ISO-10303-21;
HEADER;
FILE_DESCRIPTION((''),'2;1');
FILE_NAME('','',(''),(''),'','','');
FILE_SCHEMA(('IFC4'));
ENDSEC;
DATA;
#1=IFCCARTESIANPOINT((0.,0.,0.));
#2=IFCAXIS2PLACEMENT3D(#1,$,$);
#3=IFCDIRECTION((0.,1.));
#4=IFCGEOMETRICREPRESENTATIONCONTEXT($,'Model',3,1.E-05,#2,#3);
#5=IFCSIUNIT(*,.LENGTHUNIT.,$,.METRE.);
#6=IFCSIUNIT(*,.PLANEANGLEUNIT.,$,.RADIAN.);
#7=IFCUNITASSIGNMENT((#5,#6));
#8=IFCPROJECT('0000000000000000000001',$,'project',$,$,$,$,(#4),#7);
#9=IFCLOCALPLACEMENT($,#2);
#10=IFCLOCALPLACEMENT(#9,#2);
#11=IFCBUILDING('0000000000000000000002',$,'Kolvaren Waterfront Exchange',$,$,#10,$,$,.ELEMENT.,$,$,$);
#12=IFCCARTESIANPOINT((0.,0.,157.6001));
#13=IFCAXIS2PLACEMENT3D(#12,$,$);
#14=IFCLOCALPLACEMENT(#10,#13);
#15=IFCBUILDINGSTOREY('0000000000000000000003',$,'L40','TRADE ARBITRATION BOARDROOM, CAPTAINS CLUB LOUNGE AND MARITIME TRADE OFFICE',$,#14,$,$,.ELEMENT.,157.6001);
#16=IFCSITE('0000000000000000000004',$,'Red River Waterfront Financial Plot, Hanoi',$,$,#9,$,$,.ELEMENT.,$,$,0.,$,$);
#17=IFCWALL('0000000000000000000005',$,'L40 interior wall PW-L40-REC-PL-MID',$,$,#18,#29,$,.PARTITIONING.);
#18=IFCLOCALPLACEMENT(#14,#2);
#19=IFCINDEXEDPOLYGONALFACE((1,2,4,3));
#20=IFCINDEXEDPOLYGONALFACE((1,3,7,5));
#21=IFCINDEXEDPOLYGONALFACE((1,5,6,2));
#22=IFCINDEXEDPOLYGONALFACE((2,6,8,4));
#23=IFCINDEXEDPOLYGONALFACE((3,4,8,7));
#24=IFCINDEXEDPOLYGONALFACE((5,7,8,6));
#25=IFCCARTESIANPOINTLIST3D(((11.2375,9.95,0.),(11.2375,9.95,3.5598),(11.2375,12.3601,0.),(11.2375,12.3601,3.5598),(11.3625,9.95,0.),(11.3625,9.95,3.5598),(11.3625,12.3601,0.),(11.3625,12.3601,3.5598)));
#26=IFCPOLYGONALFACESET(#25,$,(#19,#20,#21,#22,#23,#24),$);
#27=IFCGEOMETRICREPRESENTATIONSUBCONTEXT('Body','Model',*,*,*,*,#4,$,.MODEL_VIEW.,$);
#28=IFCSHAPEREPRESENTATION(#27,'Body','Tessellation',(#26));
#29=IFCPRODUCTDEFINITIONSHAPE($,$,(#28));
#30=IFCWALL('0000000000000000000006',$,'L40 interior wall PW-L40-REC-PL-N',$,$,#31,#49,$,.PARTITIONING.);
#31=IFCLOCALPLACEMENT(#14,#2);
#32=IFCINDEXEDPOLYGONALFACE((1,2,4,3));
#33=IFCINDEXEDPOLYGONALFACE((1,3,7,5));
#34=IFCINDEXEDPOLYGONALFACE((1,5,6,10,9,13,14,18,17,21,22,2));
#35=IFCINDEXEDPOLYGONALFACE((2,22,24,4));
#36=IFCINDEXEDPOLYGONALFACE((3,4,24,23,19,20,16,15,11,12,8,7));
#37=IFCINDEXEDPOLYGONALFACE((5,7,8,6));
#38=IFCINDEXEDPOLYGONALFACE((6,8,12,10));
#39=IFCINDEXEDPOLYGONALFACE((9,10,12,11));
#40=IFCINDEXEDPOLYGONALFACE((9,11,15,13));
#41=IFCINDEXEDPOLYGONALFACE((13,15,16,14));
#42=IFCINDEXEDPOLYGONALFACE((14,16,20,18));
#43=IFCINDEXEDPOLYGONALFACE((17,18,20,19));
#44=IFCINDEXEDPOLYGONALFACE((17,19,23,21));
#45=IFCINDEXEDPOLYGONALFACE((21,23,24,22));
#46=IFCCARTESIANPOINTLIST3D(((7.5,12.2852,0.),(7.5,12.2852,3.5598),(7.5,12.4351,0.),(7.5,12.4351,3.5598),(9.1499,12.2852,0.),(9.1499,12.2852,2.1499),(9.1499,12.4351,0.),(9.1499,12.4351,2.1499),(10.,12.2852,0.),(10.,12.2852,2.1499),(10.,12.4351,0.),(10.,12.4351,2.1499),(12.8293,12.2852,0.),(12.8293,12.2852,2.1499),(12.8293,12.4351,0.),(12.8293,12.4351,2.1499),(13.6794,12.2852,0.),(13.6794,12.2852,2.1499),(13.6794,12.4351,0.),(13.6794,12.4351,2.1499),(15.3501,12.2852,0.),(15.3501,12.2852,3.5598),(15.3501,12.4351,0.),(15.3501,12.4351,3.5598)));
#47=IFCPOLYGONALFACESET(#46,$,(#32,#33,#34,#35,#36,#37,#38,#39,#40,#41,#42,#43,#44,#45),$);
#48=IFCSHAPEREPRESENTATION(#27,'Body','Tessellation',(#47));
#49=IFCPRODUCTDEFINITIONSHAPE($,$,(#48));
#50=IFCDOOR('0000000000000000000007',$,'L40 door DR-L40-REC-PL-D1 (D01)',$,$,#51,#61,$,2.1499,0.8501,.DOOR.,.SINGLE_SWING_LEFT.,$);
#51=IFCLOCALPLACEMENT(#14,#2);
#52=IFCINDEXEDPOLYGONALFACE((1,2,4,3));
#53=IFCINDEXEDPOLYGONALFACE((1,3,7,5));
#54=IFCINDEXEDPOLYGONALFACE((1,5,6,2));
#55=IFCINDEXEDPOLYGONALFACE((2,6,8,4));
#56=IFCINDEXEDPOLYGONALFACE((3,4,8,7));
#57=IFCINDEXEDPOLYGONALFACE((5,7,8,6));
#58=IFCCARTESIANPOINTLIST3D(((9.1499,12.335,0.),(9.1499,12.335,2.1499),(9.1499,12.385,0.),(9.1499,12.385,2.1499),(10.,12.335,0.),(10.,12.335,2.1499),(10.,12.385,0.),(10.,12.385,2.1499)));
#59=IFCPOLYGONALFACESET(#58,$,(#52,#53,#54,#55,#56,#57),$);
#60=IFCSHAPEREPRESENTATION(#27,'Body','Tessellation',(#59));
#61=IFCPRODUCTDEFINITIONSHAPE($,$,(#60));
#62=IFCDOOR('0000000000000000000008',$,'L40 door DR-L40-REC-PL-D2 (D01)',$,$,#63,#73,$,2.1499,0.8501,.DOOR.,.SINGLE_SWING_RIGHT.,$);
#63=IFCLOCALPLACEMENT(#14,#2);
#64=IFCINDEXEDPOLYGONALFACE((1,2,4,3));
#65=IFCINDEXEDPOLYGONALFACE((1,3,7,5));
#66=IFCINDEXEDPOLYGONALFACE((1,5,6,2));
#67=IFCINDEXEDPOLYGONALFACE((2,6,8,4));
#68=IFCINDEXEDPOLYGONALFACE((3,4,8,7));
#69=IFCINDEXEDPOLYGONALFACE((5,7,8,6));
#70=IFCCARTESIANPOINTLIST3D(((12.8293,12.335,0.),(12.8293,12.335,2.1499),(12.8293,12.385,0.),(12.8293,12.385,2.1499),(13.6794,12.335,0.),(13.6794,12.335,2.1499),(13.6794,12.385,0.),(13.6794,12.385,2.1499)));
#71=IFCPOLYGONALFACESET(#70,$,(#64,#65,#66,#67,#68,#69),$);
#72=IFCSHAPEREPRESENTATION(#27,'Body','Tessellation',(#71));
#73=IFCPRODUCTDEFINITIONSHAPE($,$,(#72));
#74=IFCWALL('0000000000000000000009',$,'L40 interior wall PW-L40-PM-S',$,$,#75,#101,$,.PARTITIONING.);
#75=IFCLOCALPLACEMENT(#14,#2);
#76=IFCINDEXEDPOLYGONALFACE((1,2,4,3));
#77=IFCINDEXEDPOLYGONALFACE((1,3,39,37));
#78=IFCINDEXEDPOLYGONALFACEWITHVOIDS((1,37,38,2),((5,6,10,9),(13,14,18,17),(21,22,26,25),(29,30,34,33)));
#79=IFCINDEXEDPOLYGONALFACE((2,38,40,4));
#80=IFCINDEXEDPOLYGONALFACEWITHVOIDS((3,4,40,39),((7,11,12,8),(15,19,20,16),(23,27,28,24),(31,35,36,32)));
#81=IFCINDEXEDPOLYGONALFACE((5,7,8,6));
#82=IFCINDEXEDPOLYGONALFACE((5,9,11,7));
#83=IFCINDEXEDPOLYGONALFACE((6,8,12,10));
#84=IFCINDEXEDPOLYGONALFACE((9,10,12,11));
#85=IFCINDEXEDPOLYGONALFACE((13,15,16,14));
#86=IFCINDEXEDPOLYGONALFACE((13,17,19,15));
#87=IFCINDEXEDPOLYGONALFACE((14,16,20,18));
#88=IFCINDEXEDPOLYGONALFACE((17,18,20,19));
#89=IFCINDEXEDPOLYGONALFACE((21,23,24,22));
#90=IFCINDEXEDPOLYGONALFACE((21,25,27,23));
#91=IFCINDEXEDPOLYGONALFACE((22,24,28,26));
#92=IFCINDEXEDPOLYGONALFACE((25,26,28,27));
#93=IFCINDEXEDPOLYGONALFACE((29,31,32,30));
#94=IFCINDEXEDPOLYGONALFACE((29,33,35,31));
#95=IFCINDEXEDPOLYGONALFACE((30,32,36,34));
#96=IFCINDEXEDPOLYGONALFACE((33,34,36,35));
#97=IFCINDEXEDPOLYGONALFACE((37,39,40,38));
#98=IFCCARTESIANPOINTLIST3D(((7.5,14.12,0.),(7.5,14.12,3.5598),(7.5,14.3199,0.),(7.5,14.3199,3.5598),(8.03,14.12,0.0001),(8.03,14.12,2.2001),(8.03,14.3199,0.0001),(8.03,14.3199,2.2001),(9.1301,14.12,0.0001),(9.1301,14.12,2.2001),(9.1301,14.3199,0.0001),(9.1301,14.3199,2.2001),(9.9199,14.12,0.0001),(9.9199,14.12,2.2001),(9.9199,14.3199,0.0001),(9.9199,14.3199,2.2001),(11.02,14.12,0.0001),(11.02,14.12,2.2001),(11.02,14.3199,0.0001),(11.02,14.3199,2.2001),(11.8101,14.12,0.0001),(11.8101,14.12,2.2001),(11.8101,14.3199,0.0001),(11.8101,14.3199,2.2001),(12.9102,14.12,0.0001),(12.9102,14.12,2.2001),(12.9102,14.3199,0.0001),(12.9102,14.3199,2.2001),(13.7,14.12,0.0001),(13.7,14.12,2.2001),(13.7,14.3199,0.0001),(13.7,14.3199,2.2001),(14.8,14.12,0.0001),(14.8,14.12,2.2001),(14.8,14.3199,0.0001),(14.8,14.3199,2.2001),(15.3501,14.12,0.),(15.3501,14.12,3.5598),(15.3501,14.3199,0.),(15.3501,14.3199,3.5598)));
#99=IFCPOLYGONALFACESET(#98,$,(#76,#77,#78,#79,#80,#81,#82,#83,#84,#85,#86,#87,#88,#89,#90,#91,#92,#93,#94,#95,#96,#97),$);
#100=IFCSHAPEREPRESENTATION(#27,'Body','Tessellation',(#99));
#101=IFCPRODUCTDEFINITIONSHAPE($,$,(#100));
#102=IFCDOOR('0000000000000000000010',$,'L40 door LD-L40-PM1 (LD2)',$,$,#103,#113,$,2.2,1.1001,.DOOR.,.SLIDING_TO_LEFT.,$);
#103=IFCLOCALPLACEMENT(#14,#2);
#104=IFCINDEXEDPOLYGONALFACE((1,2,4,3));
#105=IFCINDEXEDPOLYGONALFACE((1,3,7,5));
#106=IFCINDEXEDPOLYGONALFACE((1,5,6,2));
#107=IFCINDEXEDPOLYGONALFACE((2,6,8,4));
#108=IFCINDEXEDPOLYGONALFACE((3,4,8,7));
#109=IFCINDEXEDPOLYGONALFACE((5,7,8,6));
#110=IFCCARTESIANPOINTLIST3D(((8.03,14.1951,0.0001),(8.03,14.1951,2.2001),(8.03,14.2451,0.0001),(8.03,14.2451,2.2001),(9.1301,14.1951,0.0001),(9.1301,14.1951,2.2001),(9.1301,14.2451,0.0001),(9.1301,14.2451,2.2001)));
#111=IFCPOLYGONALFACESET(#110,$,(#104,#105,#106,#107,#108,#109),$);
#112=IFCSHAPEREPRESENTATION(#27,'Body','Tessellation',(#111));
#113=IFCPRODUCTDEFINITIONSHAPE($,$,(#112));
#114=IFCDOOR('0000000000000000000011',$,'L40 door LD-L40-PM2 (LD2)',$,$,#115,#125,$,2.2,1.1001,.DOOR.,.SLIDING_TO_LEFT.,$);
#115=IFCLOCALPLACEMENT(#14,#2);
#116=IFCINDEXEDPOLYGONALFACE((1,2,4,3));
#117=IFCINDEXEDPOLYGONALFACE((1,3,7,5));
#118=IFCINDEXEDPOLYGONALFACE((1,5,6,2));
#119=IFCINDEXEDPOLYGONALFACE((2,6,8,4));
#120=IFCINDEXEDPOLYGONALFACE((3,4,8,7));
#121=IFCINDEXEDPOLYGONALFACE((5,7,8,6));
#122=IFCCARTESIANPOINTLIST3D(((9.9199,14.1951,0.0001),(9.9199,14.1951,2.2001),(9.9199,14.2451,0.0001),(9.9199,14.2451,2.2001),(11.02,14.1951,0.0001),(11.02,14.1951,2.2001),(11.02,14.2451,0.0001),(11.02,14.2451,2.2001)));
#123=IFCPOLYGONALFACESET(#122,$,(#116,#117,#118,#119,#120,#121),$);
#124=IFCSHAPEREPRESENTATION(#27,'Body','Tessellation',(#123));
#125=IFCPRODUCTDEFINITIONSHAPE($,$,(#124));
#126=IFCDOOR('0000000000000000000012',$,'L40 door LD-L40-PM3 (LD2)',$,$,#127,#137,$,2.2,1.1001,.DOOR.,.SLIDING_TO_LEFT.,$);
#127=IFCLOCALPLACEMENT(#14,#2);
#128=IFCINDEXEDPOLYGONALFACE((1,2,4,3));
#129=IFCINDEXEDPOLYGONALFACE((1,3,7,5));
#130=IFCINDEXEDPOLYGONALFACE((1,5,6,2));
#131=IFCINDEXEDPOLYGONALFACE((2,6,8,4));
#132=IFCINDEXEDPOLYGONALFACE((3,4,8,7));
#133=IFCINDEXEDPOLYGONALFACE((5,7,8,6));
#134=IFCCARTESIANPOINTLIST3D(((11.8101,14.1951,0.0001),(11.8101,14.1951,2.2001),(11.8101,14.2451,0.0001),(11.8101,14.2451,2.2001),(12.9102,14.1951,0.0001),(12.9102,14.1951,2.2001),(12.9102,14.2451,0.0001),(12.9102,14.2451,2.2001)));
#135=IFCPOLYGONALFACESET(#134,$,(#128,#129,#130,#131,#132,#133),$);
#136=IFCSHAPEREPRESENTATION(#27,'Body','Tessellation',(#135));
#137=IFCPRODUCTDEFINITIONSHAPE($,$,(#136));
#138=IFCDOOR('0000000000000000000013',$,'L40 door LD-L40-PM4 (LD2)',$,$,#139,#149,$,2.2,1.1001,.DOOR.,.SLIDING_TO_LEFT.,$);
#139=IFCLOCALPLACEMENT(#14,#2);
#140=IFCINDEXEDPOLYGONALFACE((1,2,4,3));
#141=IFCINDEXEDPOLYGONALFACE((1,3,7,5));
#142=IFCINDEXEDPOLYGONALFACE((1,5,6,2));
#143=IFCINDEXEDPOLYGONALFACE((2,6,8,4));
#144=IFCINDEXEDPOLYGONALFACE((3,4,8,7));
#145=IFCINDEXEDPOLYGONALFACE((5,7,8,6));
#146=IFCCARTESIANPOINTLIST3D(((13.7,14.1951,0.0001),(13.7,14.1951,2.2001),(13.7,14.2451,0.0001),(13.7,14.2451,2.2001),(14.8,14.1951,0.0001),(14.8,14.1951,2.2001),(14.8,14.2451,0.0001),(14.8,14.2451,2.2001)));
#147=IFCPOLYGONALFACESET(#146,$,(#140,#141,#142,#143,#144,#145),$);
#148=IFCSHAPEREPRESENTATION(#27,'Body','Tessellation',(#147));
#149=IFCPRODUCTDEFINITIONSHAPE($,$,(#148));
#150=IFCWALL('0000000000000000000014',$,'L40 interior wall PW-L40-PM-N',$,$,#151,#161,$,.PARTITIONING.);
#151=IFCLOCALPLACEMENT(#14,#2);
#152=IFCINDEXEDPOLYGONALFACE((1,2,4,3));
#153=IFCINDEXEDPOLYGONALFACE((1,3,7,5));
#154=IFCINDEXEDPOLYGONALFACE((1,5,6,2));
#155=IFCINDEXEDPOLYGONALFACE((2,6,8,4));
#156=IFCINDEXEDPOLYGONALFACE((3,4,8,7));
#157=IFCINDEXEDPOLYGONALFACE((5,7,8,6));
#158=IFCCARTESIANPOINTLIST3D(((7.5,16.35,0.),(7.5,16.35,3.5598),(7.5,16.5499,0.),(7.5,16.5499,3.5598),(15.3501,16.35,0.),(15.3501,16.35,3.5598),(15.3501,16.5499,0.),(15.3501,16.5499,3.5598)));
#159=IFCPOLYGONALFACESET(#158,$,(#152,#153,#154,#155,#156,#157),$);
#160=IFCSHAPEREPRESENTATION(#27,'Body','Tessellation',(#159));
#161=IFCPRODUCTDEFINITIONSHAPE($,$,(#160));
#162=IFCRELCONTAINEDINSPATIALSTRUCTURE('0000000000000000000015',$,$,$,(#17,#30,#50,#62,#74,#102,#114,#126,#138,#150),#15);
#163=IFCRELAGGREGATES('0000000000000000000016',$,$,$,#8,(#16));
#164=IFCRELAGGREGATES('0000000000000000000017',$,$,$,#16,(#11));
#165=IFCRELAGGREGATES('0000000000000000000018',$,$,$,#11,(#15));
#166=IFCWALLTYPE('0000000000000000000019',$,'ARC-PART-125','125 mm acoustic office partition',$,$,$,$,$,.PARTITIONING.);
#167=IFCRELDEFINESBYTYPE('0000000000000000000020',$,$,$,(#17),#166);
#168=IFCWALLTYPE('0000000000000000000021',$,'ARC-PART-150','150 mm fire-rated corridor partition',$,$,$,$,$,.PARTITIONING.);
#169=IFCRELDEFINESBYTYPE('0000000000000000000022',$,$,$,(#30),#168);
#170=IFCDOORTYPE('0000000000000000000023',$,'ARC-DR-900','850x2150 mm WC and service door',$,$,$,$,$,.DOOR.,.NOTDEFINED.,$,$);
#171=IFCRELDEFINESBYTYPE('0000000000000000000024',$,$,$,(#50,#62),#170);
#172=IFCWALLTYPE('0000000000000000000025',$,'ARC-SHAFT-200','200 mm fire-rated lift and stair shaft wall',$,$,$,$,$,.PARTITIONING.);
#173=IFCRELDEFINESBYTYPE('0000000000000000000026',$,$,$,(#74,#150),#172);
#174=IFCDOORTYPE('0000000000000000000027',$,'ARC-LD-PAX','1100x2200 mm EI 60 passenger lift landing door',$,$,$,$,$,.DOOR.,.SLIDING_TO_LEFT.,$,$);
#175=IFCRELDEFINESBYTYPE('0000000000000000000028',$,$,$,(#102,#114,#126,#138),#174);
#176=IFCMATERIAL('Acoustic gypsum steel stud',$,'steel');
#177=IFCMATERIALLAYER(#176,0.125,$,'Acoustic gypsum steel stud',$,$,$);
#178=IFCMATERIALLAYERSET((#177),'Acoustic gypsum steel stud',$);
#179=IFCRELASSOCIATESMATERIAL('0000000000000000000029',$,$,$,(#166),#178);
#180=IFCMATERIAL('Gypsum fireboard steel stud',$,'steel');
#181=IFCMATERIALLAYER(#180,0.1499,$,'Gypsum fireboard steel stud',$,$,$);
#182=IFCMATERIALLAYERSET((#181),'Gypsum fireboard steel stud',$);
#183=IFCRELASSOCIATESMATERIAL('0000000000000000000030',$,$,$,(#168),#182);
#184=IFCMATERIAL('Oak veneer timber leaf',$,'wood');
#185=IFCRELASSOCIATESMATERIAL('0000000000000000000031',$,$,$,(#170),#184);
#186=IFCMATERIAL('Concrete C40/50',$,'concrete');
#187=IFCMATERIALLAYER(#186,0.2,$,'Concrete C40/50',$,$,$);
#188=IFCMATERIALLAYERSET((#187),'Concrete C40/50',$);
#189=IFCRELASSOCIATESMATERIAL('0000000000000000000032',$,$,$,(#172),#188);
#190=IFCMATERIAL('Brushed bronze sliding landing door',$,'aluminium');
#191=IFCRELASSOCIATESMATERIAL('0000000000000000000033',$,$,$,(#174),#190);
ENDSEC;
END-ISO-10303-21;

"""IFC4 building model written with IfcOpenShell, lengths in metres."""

from ifc_helpers import new_model, si_unit, direction, frame, frame_2d, origin, place, context, subcontext, project, spatial, rectangle, extrude, material, layer, layer_set, type_object, element, fill, save


model = new_model("IFC4")

# Units and contexts
model_context = context("Model", 3, precision=1e-05, world=origin(), true_north=direction((0.0, 1.0)))
body_context = subcontext(model_context, "Body", "Model", "MODEL_VIEW")
ifc_project = project(units=[si_unit("LENGTHUNIT", "METRE"), si_unit("PLANEANGLEUNIT", "RADIAN")], contexts=[model_context])

# Site, building, storey
site_placement = place(None, origin())
site = spatial("IfcSite", under=ifc_project, at=site_placement, Name="Red River Waterfront Financial Plot, Hanoi", CompositionType="ELEMENT", RefElevation=0.0)
building_placement = place(site_placement, origin())
building = spatial("IfcBuilding", under=site, at=building_placement, Name="Kolvaren Waterfront Exchange", CompositionType="ELEMENT")
storey_placement = place(building_placement, frame((0.0, 0.0, 157.6001)))
storey = spatial("IfcBuildingStorey", under=building, at=storey_placement, Name="L40", Description="TRADE ARBITRATION BOARDROOM, CAPTAINS CLUB LOUNGE AND MARITIME TRADE OFFICE", CompositionType="ELEMENT", Elevation=157.6001)

# Wall
ifc_material_1 = material(Name="Acoustic gypsum steel stud", Category="steel")
ifc_layer_1 = layer(ifc_material_1, 0.125, Name="Acoustic gypsum steel stud")
ifc_layer_set_1 = layer_set([ifc_layer_1], Name="Acoustic gypsum steel stud")
wall_type_1 = type_object("IfcWallType", Name="ARC-PART-125", Description="125 mm acoustic office partition", PredefinedType="PARTITIONING", material=ifc_layer_set_1)
wall_1_placement = place(storey_placement, frame((11.3, 9.95, 0.0), z_axis=(0.0, 0.0, 1.0), x_axis=(0.0, 1.0, 0.0)))
element("IfcWall", 1, at=wall_1_placement, inside=storey, type_object=wall_type_1, Name="L40 interior wall PW-L40-REC-PL-MID", PredefinedType="PARTITIONING", context=body_context, shape_type="SweptSolid", body=[
    extrude(rectangle(XDim=2.4102, YDim=0.125, at=frame_2d((1.2051, 0.0))), origin(), (0.0, 0.0, 1.0), 3.5598),
])

# Walls, openings, doors
ifc_material_2 = material(Name="Gypsum fireboard steel stud", Category="steel")
ifc_layer_2 = layer(ifc_material_2, 0.1499, Name="Gypsum fireboard steel stud")
ifc_layer_set_2 = layer_set([ifc_layer_2], Name="Gypsum fireboard steel stud")
wall_type_2 = type_object("IfcWallType", Name="ARC-PART-150", Description="150 mm fire-rated corridor partition", PredefinedType="PARTITIONING", material=ifc_layer_set_2)
wall_2_placement = place(storey_placement, frame((7.5, 12.3601, 0.0), z_axis=(0.0, 0.0, 1.0), x_axis=(1.0, 0.0, 0.0)))
wall_2 = element("IfcWall", 2, at=wall_2_placement, inside=storey, type_object=wall_type_2, Name="L40 interior wall PW-L40-REC-PL-N", PredefinedType="PARTITIONING", context=body_context, shape_type="SweptSolid", body=[
    extrude(rectangle(XDim=7.8501, YDim=0.1499, at=frame_2d((3.925, 0.0))), origin(), (0.0, 0.0, 1.0), 3.5598),
])
opening_1_placement = place(wall_2_placement, frame((1.6499, 0.0, 0.0)))
opening_1 = element("IfcOpeningElement", 3, at=opening_1_placement, cuts=wall_2, PredefinedType="OPENING", context=body_context, shape_type="SweptSolid", body=[
    extrude(rectangle(XDim=0.8501, YDim=2.1499, at=frame_2d((0.425, 1.075))), frame((0.0, 0.085, 0.0), z_axis=(0.0, -1.0, 0.0), x_axis=(1.0, 0.0, 0.0)), (0.0, 0.0, 1.0), 0.1699),
])
opening_2_placement = place(wall_2_placement, frame((5.3293, 0.0, 0.0)))
opening_2 = element("IfcOpeningElement", 4, at=opening_2_placement, cuts=wall_2, PredefinedType="OPENING", context=body_context, shape_type="SweptSolid", body=[
    extrude(rectangle(XDim=0.8501, YDim=2.1499, at=frame_2d((0.425, 1.075))), frame((0.0, 0.085, 0.0), z_axis=(0.0, -1.0, 0.0), x_axis=(1.0, 0.0, 0.0)), (0.0, 0.0, 1.0), 0.1699),
])
ifc_material_3 = material(Name="Oak veneer timber leaf", Category="wood")
door_type_1 = type_object("IfcDoorType", Name="ARC-DR-900", Description="850x2150 mm WC and service door", OperationType="NOTDEFINED", PredefinedType="DOOR", material=ifc_material_3)
door_1_placement = place(opening_1_placement, origin())
door_1 = element("IfcDoor", 5, at=door_1_placement, inside=storey, type_object=door_type_1, Name="L40 door DR-L40-REC-PL-D1 (D01)", OperationType="SINGLE_SWING_LEFT", OverallHeight=2.1499, OverallWidth=0.8501, PredefinedType="DOOR", context=body_context, shape_type="SweptSolid", body=[
    extrude(rectangle(XDim=0.8501, YDim=2.1499, at=frame_2d((0.425, 1.075))), frame((0.0, 0.0249, 0.0), z_axis=(0.0, -1.0, 0.0), x_axis=(1.0, 0.0, 0.0)), (0.0, 0.0, 1.0), 0.05),
])
fill(opening_1, door_1)
door_2_placement = place(opening_2_placement, origin())
door_2 = element("IfcDoor", 6, at=door_2_placement, inside=storey, type_object=door_type_1, Name="L40 door DR-L40-REC-PL-D2 (D01)", OperationType="SINGLE_SWING_RIGHT", OverallHeight=2.1499, OverallWidth=0.8501, PredefinedType="DOOR", context=body_context, shape_type="SweptSolid", body=[
    extrude(rectangle(XDim=0.8501, YDim=2.1499, at=frame_2d((0.425, 1.075))), frame((0.0, 0.0249, 0.0), z_axis=(0.0, -1.0, 0.0), x_axis=(1.0, 0.0, 0.0)), (0.0, 0.0, 1.0), 0.05),
])
fill(opening_2, door_2)
ifc_material_4 = material(Name="Concrete C40/50", Category="concrete")
ifc_layer_3 = layer(ifc_material_4, 0.2, Name="Concrete C40/50")
ifc_layer_set_3 = layer_set([ifc_layer_3], Name="Concrete C40/50")
wall_type_3 = type_object("IfcWallType", Name="ARC-SHAFT-200", Description="200 mm fire-rated lift and stair shaft wall", PredefinedType="PARTITIONING", material=ifc_layer_set_3)
wall_3_placement = place(storey_placement, frame((7.5, 14.22, 0.0), z_axis=(0.0, 0.0, 1.0), x_axis=(1.0, 0.0, 0.0)))
wall_3 = element("IfcWall", 7, at=wall_3_placement, inside=storey, type_object=wall_type_3, Name="L40 interior wall PW-L40-PM-S", PredefinedType="PARTITIONING", context=body_context, shape_type="SweptSolid", body=[
    extrude(rectangle(XDim=7.8501, YDim=0.2, at=frame_2d((3.925, 0.0))), origin(), (0.0, 0.0, 1.0), 3.5598),
])
opening_3_placement = place(wall_3_placement, frame((0.53, 0.0, 0.0)))
opening_3 = element("IfcOpeningElement", 8, at=opening_3_placement, cuts=wall_3, PredefinedType="OPENING", context=body_context, shape_type="SweptSolid", body=[
    extrude(rectangle(XDim=1.1001, YDim=2.2, at=frame_2d((0.55, 1.1001))), frame((0.0, 0.1099, 0.0), z_axis=(0.0, -1.0, 0.0), x_axis=(1.0, 0.0, 0.0)), (0.0, 0.0, 1.0), 0.22),
])
opening_4_placement = place(wall_3_placement, frame((2.4199, 0.0, 0.0)))
opening_4 = element("IfcOpeningElement", 9, at=opening_4_placement, cuts=wall_3, PredefinedType="OPENING", context=body_context, shape_type="SweptSolid", body=[
    extrude(rectangle(XDim=1.1001, YDim=2.2, at=frame_2d((0.55, 1.1001))), frame((0.0, 0.1099, 0.0), z_axis=(0.0, -1.0, 0.0), x_axis=(1.0, 0.0, 0.0)), (0.0, 0.0, 1.0), 0.22),
])
opening_5_placement = place(wall_3_placement, frame((4.3101, 0.0, 0.0)))
opening_5 = element("IfcOpeningElement", 10, at=opening_5_placement, cuts=wall_3, PredefinedType="OPENING", context=body_context, shape_type="SweptSolid", body=[
    extrude(rectangle(XDim=1.1001, YDim=2.2, at=frame_2d((0.55, 1.1001))), frame((0.0, 0.1099, 0.0), z_axis=(0.0, -1.0, 0.0), x_axis=(1.0, 0.0, 0.0)), (0.0, 0.0, 1.0), 0.22),
])
opening_6_placement = place(wall_3_placement, frame((6.2, 0.0, 0.0)))
opening_6 = element("IfcOpeningElement", 11, at=opening_6_placement, cuts=wall_3, PredefinedType="OPENING", context=body_context, shape_type="SweptSolid", body=[
    extrude(rectangle(XDim=1.1001, YDim=2.2, at=frame_2d((0.55, 1.1001))), frame((0.0, 0.1099, 0.0), z_axis=(0.0, -1.0, 0.0), x_axis=(1.0, 0.0, 0.0)), (0.0, 0.0, 1.0), 0.22),
])
ifc_material_5 = material(Name="Brushed bronze sliding landing door", Category="aluminium")
door_type_2 = type_object("IfcDoorType", Name="ARC-LD-PAX", Description="1100x2200 mm EI 60 passenger lift landing door", OperationType="SLIDING_TO_LEFT", PredefinedType="DOOR", material=ifc_material_5)
door_3_placement = place(opening_3_placement, frame((1.1001, 0.0, 0.0), z_axis=(0.0, 0.0, 1.0), x_axis=(-1.0, 0.0, 0.0)))
door_3 = element("IfcDoor", 12, at=door_3_placement, inside=storey, type_object=door_type_2, Name="L40 door LD-L40-PM1 (LD2)", OperationType="SLIDING_TO_LEFT", OverallHeight=2.2, OverallWidth=1.1001, PredefinedType="DOOR", context=body_context, shape_type="SweptSolid", body=[
    extrude(rectangle(XDim=1.1001, YDim=2.2, at=frame_2d((0.55, 1.1001))), frame((0.0, 0.0249, 0.0), z_axis=(0.0, -1.0, 0.0), x_axis=(1.0, 0.0, 0.0)), (0.0, 0.0, 1.0), 0.05),
])
fill(opening_3, door_3)
door_4_placement = place(opening_4_placement, frame((1.1001, 0.0, 0.0), z_axis=(0.0, 0.0, 1.0), x_axis=(-1.0, 0.0, 0.0)))
door_4 = element("IfcDoor", 13, at=door_4_placement, inside=storey, type_object=door_type_2, Name="L40 door LD-L40-PM2 (LD2)", OperationType="SLIDING_TO_LEFT", OverallHeight=2.2, OverallWidth=1.1001, PredefinedType="DOOR", context=body_context, shape_type="SweptSolid", body=[
    extrude(rectangle(XDim=1.1001, YDim=2.2, at=frame_2d((0.55, 1.1001))), frame((0.0, 0.0249, 0.0), z_axis=(0.0, -1.0, 0.0), x_axis=(1.0, 0.0, 0.0)), (0.0, 0.0, 1.0), 0.05),
])
fill(opening_4, door_4)
door_5_placement = place(opening_5_placement, frame((1.1001, 0.0, 0.0), z_axis=(0.0, 0.0, 1.0), x_axis=(-1.0, 0.0, 0.0)))
door_5 = element("IfcDoor", 14, at=door_5_placement, inside=storey, type_object=door_type_2, Name="L40 door LD-L40-PM3 (LD2)", OperationType="SLIDING_TO_LEFT", OverallHeight=2.2, OverallWidth=1.1001, PredefinedType="DOOR", context=body_context, shape_type="SweptSolid", body=[
    extrude(rectangle(XDim=1.1001, YDim=2.2, at=frame_2d((0.55, 1.1001))), frame((0.0, 0.0249, 0.0), z_axis=(0.0, -1.0, 0.0), x_axis=(1.0, 0.0, 0.0)), (0.0, 0.0, 1.0), 0.05),
])
fill(opening_5, door_5)
door_6_placement = place(opening_6_placement, frame((1.1001, 0.0, 0.0), z_axis=(0.0, 0.0, 1.0), x_axis=(-1.0, 0.0, 0.0)))
door_6 = element("IfcDoor", 15, at=door_6_placement, inside=storey, type_object=door_type_2, Name="L40 door LD-L40-PM4 (LD2)", OperationType="SLIDING_TO_LEFT", OverallHeight=2.2, OverallWidth=1.1001, PredefinedType="DOOR", context=body_context, shape_type="SweptSolid", body=[
    extrude(rectangle(XDim=1.1001, YDim=2.2, at=frame_2d((0.55, 1.1001))), frame((0.0, 0.0249, 0.0), z_axis=(0.0, -1.0, 0.0), x_axis=(1.0, 0.0, 0.0)), (0.0, 0.0, 1.0), 0.05),
])
fill(opening_6, door_6)

# Wall
wall_4_placement = place(storey_placement, frame((7.5, 16.45, 0.0), z_axis=(0.0, 0.0, 1.0), x_axis=(1.0, 0.0, 0.0)))
element("IfcWall", 16, at=wall_4_placement, inside=storey, type_object=wall_type_3, Name="L40 interior wall PW-L40-PM-N", PredefinedType="PARTITIONING", context=body_context, shape_type="SweptSolid", body=[
    extrude(rectangle(XDim=7.8501, YDim=0.2, at=frame_2d((3.925, 0.0))), origin(), (0.0, 0.0, 1.0), 3.5598),
])

save(model, "model.ifc")
